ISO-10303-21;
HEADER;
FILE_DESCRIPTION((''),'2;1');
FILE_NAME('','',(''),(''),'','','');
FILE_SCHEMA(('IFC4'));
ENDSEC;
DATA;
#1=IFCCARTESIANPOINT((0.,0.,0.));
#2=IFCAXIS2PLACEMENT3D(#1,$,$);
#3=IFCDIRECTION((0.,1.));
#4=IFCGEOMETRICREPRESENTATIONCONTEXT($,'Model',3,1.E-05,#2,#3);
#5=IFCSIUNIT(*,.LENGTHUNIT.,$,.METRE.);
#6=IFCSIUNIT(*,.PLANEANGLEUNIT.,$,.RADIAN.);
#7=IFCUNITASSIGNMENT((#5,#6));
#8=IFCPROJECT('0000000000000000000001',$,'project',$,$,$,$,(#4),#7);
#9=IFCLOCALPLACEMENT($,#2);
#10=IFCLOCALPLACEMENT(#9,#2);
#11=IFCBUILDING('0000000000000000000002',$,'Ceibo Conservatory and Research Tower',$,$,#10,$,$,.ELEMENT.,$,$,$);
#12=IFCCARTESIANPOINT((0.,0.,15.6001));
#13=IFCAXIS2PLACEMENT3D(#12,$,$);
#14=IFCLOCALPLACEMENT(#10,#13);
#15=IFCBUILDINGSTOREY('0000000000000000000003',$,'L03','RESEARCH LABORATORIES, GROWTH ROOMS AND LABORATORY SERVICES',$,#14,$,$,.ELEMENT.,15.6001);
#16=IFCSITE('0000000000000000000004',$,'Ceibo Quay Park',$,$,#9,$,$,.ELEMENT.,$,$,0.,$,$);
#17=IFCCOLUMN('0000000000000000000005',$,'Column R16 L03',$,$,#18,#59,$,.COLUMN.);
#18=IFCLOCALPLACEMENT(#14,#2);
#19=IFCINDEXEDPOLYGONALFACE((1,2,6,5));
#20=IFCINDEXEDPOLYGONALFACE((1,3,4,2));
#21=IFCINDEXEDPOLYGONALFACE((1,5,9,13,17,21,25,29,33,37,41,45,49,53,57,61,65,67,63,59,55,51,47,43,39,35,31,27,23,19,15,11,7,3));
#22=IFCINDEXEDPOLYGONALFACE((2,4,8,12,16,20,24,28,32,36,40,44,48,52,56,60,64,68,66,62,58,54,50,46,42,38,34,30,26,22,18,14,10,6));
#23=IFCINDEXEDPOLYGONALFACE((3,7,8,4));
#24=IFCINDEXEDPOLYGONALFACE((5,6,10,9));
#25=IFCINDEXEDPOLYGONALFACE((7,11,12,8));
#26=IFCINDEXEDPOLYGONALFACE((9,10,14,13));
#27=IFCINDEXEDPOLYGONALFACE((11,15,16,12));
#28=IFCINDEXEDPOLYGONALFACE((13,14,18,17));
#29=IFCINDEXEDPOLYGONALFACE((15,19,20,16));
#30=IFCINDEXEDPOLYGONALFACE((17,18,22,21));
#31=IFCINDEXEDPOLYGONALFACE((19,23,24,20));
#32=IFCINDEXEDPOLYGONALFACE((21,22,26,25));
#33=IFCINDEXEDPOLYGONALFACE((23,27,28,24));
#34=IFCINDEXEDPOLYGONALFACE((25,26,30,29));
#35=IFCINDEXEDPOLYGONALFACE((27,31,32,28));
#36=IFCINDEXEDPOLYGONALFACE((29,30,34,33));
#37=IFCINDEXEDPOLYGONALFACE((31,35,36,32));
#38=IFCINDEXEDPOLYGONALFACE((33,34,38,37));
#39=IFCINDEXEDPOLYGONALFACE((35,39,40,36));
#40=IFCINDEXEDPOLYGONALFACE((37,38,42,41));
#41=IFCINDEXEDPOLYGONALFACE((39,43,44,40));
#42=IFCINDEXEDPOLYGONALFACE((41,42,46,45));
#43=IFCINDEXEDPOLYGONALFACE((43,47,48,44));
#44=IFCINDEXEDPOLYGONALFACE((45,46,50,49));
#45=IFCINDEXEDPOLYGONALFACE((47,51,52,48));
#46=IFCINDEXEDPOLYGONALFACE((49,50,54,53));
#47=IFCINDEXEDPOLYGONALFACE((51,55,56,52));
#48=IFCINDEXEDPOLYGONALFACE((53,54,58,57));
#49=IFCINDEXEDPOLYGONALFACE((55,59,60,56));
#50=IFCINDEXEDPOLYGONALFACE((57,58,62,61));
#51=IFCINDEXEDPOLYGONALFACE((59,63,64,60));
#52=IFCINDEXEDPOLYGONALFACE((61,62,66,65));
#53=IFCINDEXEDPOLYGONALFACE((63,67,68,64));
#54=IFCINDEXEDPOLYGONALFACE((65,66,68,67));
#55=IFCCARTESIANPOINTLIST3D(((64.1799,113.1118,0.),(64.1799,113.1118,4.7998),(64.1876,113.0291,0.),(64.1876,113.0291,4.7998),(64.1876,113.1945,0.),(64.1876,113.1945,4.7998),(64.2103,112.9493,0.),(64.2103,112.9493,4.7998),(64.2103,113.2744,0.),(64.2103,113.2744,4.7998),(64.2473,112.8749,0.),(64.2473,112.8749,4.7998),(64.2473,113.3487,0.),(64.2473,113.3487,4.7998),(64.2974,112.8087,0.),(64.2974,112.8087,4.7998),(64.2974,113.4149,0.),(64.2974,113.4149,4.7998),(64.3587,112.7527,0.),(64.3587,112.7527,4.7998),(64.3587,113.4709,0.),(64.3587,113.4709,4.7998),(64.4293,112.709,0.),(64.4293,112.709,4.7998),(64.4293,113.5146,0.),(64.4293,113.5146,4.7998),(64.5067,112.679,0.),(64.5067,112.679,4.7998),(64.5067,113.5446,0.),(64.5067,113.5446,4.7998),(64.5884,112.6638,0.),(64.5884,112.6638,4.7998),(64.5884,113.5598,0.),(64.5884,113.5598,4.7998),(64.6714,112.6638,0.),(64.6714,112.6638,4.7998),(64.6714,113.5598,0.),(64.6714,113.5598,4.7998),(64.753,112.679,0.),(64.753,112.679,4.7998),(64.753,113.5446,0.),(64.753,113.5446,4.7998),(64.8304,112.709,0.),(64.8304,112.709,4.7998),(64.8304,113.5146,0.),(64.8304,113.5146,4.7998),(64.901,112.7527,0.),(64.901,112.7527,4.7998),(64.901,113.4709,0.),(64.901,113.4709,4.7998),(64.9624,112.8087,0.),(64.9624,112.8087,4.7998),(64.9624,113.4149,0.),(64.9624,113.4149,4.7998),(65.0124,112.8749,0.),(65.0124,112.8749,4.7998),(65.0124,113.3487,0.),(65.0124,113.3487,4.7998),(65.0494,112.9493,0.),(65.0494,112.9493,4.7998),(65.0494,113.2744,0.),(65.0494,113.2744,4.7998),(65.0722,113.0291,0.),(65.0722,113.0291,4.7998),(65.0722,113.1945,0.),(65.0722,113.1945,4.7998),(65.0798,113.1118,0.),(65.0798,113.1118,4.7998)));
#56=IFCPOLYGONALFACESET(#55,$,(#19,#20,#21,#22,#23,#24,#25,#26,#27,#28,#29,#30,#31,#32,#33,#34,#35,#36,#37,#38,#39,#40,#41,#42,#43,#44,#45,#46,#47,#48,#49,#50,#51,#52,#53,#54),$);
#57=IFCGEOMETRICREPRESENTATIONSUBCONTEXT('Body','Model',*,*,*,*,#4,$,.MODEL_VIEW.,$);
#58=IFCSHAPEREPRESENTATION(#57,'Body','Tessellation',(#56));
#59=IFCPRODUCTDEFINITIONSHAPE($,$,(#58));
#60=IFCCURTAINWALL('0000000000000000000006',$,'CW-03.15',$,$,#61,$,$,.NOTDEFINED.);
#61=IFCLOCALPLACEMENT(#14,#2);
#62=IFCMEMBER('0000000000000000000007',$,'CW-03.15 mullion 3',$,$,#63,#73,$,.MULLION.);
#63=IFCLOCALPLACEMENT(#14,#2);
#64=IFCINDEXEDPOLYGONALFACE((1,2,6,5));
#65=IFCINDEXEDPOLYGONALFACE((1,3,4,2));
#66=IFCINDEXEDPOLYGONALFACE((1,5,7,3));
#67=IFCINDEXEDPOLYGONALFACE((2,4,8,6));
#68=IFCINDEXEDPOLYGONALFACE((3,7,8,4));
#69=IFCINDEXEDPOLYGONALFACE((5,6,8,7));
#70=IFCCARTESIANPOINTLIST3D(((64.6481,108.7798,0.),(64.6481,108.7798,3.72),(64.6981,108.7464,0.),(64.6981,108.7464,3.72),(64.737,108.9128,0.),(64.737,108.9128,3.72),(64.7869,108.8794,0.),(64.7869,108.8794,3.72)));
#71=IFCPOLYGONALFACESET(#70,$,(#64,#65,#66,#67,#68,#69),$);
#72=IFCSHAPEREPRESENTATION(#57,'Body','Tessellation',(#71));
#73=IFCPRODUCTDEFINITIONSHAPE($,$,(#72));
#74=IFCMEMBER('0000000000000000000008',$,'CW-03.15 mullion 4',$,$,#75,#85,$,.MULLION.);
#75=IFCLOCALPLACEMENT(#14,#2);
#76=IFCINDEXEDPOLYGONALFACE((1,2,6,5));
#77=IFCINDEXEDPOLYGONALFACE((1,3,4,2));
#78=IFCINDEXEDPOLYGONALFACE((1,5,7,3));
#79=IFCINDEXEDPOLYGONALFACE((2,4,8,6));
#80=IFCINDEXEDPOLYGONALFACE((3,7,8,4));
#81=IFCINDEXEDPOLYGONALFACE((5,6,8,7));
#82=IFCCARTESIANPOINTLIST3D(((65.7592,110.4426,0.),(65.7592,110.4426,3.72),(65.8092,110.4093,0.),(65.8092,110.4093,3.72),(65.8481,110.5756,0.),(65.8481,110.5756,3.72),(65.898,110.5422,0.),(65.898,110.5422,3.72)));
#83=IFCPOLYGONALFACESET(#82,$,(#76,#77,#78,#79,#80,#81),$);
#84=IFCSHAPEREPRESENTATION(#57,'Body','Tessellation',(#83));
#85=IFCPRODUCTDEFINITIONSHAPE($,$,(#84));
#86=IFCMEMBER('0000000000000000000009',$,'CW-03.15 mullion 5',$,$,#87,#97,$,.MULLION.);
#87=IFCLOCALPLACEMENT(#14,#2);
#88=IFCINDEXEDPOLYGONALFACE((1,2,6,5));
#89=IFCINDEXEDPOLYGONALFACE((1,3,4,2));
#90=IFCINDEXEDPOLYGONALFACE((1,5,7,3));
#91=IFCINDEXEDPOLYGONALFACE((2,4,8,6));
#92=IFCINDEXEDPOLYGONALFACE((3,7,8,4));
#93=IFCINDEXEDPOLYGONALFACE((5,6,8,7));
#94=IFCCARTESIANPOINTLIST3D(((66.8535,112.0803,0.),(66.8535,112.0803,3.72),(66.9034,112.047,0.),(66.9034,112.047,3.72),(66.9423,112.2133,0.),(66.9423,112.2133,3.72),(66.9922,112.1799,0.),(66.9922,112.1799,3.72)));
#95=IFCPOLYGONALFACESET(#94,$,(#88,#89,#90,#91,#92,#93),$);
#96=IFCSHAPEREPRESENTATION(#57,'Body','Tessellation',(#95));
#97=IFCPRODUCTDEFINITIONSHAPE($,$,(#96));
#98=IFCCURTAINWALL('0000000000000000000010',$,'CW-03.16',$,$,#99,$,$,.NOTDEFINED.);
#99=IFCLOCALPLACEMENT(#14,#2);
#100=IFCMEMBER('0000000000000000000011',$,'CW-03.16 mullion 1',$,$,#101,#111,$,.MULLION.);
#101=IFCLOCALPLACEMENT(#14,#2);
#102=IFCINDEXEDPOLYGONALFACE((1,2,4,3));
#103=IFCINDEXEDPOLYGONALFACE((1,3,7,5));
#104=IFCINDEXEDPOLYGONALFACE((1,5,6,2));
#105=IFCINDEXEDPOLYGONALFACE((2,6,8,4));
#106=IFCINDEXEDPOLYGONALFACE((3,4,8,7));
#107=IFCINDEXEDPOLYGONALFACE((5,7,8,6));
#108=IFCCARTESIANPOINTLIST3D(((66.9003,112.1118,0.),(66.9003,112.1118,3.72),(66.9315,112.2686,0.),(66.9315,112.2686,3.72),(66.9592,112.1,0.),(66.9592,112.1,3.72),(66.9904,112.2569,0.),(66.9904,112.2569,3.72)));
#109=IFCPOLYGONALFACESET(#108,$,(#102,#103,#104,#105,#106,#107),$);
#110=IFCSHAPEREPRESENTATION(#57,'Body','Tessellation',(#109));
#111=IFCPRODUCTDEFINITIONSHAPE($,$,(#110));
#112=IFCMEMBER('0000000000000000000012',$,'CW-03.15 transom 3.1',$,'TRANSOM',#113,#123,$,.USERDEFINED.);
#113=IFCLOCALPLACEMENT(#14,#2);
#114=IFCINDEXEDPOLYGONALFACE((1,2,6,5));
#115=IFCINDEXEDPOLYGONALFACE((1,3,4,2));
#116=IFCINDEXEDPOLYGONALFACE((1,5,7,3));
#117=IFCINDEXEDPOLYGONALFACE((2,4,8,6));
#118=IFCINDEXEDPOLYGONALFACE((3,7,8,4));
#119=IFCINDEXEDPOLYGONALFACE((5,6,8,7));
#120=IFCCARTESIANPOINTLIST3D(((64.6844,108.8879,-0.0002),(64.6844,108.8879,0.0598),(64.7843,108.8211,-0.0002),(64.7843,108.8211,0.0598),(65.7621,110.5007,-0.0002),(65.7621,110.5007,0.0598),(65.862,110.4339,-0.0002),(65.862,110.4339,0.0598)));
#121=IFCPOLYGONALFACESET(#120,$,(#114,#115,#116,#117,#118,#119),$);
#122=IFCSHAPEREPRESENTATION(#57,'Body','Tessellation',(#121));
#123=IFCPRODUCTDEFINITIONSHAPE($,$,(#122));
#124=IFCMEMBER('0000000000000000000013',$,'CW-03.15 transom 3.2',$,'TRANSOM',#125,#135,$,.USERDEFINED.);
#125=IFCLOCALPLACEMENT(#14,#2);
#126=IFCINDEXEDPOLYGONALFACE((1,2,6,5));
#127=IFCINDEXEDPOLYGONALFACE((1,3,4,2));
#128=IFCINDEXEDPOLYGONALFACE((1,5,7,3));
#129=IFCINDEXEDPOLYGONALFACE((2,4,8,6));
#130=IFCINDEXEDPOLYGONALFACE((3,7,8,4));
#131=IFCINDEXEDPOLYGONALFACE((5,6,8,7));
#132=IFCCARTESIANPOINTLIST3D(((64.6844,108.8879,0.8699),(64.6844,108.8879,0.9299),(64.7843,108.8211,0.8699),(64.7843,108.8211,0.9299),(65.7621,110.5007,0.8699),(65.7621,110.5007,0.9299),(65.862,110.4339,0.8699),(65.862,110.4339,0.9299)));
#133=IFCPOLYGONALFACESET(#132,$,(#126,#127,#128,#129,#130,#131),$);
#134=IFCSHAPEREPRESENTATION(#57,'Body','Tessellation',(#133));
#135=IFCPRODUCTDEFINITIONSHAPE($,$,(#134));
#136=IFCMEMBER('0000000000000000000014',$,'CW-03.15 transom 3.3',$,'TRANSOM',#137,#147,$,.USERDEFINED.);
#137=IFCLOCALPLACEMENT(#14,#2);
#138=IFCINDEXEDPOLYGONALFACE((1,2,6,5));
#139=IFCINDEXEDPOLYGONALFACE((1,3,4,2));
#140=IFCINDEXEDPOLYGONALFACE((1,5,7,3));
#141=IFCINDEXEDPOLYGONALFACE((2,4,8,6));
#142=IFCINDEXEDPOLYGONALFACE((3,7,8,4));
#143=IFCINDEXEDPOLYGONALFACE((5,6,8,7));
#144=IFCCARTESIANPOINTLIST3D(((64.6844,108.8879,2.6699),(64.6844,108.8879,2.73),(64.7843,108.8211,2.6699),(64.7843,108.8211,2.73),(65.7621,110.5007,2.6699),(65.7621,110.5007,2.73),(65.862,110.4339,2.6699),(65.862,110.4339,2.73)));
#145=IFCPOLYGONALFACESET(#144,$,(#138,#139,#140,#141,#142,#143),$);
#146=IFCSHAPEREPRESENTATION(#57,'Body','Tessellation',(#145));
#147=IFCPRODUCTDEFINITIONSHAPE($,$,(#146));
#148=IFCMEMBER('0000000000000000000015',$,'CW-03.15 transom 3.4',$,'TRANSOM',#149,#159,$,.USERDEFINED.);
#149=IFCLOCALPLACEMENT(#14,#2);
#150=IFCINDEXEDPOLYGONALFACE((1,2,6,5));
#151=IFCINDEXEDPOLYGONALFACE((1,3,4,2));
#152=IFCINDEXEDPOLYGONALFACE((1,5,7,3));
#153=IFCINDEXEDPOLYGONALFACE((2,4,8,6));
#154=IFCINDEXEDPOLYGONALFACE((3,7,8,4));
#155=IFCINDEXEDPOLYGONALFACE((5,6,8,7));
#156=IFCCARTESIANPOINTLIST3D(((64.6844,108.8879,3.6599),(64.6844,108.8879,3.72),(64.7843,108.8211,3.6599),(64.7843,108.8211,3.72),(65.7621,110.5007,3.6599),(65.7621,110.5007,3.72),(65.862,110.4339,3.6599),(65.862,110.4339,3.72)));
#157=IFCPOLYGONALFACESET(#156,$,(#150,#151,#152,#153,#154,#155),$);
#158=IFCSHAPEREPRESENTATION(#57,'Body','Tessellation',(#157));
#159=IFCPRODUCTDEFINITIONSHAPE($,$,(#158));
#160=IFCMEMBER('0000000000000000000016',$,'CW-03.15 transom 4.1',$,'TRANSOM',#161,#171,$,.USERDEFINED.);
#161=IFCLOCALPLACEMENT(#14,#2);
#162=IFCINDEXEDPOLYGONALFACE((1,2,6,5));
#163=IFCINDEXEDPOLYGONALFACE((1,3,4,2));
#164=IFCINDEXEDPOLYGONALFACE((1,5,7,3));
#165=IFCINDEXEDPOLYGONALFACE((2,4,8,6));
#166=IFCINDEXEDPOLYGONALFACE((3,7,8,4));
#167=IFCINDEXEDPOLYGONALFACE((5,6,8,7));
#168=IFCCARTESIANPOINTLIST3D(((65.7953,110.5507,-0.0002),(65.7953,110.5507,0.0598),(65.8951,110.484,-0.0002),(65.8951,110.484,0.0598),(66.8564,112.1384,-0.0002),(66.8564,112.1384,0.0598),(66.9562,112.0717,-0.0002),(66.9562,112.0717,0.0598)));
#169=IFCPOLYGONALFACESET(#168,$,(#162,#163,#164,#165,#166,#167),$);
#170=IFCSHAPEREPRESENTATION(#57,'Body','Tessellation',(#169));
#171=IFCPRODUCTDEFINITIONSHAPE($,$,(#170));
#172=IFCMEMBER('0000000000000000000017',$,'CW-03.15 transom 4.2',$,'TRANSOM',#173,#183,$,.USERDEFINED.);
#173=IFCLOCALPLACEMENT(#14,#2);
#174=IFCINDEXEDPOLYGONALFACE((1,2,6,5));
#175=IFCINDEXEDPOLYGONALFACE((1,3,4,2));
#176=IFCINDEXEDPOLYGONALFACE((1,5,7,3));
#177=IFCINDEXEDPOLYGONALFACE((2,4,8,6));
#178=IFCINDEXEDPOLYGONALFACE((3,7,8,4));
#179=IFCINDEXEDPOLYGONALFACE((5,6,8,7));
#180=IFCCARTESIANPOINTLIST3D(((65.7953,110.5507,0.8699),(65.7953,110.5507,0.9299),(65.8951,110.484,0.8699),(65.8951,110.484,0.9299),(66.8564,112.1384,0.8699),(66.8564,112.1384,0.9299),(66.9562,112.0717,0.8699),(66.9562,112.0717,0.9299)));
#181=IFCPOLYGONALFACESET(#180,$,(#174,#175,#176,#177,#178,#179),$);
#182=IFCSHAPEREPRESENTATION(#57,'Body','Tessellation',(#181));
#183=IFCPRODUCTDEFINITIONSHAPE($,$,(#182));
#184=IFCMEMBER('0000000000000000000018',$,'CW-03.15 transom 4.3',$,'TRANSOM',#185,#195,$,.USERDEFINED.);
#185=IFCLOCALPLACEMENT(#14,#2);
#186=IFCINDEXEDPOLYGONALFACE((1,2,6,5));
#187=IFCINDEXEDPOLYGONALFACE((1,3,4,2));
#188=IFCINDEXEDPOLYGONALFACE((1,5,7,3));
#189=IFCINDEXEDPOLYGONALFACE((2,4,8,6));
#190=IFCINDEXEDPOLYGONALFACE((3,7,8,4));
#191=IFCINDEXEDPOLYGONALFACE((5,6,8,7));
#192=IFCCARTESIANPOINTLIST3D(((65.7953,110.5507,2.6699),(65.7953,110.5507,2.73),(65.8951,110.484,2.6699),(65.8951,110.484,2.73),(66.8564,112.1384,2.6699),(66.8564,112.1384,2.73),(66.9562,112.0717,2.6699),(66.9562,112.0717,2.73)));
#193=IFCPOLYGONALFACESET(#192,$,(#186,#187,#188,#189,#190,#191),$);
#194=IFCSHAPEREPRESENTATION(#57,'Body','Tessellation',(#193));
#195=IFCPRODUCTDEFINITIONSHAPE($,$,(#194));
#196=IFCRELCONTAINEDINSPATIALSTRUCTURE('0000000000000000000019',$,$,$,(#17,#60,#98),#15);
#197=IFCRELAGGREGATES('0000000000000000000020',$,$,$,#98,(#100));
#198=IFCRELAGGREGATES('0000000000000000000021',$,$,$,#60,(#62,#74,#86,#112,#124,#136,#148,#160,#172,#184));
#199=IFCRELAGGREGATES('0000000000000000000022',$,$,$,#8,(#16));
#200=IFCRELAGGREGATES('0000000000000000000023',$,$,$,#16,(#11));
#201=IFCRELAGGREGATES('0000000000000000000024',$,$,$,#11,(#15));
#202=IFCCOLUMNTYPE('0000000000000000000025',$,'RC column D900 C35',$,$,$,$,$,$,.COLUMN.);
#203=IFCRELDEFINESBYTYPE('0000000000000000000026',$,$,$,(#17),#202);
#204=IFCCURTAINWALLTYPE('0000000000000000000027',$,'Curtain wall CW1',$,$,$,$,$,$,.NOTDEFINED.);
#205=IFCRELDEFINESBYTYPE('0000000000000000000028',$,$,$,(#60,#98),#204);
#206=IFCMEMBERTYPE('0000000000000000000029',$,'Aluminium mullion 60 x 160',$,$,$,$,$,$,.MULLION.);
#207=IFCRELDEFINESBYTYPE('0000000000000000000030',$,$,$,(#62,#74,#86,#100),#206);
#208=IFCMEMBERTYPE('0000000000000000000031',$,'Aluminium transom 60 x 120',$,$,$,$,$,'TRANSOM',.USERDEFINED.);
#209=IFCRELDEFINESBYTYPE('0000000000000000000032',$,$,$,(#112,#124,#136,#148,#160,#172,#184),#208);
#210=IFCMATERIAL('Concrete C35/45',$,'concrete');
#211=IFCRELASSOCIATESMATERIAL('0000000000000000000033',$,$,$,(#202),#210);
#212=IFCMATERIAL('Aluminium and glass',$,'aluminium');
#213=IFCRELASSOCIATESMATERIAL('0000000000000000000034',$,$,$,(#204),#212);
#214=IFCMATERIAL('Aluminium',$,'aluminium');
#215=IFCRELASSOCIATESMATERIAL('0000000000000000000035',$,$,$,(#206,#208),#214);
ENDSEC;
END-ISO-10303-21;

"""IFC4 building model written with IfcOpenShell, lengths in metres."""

from ifc_helpers import new_model, si_unit, direction, frame, origin, origin_2d, place, context, subcontext, project, spatial, rectangle, circle, extrude, material, material_profile, profile_set, type_object, element, aggregate, save


model = new_model("IFC4")

# Units and contexts
model_context = context("Model", 3, precision=1e-05, world=origin(), true_north=direction((0.0, 1.0)))
body_context = subcontext(model_context, "Body", "Model", "MODEL_VIEW")
ifc_project = project(units=[si_unit("LENGTHUNIT", "METRE"), si_unit("PLANEANGLEUNIT", "RADIAN")], contexts=[model_context])

# Site, building, storey
site_placement = place(None, origin())
site = spatial("IfcSite", under=ifc_project, at=site_placement, Name="Ceibo Quay Park", CompositionType="ELEMENT", RefElevation=0.0)
building_placement = place(site_placement, origin())
building = spatial("IfcBuilding", under=site, at=building_placement, Name="Ceibo Conservatory and Research Tower", CompositionType="ELEMENT")
storey_placement = place(building_placement, frame((0.0, 0.0, 15.6001)))
storey = spatial("IfcBuildingStorey", under=building, at=storey_placement, Name="L03", Description="RESEARCH LABORATORIES, GROWTH ROOMS AND LABORATORY SERVICES", CompositionType="ELEMENT", Elevation=15.6001)

# Column
ifc_material_1 = material(Name="Concrete C35/45", Category="concrete")
ifc_material_profile_1 = material_profile(ifc_material_1, circle(Radius=0.45, at=origin_2d()), Name="RC D900")
ifc_profile_set_1 = profile_set([ifc_material_profile_1], Name="Concrete C35/45")
column_type = type_object("IfcColumnType", Name="RC column D900 C35", PredefinedType="COLUMN", material=ifc_profile_set_1)
column_placement = place(storey_placement, frame((64.6299, 113.1118, 0.0), z_axis=(0.0, 0.0, 1.0), x_axis=(1.0, 0.0, 0.0)))
element("IfcColumn", 1, at=column_placement, inside=storey, type_object=column_type, Name="Column R16 L03", PredefinedType="COLUMN", context=body_context, shape_type="SweptSolid", body=[
    extrude(circle(Radius=0.45, at=origin_2d()), origin(), (0.0, 0.0, 1.0), 4.7998),
])

# Curtain wall, members
ifc_material_2 = material(Name="Aluminium and glass", Category="aluminium")
curtain_wall_type = type_object("IfcCurtainWallType", Name="Curtain wall CW1", PredefinedType="NOTDEFINED", material=ifc_material_2)
curtain_wall_1_placement = place(storey_placement, origin())
curtain_wall_1 = element("IfcCurtainWall", 2, at=curtain_wall_1_placement, inside=storey, type_object=curtain_wall_type, Name="CW-03.15", PredefinedType="NOTDEFINED")
ifc_material_3 = material(Name="Aluminium", Category="aluminium")
ifc_material_profile_2 = material_profile(ifc_material_3, rectangle(XDim=0.0601, YDim=0.1599, at=origin_2d()), Name="Aluminium 60 x 160")
ifc_profile_set_2 = profile_set([ifc_material_profile_2], Name="Aluminium")
member_type_1 = type_object("IfcMemberType", Name="Aluminium mullion 60 x 160", PredefinedType="MULLION", material=ifc_profile_set_2)
member_1_placement = place(storey_placement, frame((64.7175, 108.8296, 0.0), z_axis=(0.0, 0.0, 1.0), x_axis=(-0.83147, 0.55557, 0.0)))
member_1 = element("IfcMember", 3, at=member_1_placement, type_object=member_type_1, Name="CW-03.15 mullion 3", PredefinedType="MULLION", context=body_context, shape_type="SweptSolid", body=[
    extrude(rectangle(XDim=0.0601, YDim=0.1599, at=origin_2d()), origin(), (0.0, 0.0, 1.0), 3.72),
])
member_2_placement = place(storey_placement, frame((65.8286, 110.4924, 0.0), z_axis=(0.0, 0.0, 1.0), x_axis=(-0.83147, 0.55557, 0.0)))
member_2 = element("IfcMember", 4, at=member_2_placement, type_object=member_type_1, Name="CW-03.15 mullion 4", PredefinedType="MULLION", context=body_context, shape_type="SweptSolid", body=[
    extrude(rectangle(XDim=0.0601, YDim=0.1599, at=origin_2d()), origin(), (0.0, 0.0, 1.0), 3.72),
])
member_3_placement = place(storey_placement, frame((66.9229, 112.1301, 0.0), z_axis=(0.0, 0.0, 1.0), x_axis=(-0.83147, 0.55557, 0.0)))
member_3 = element("IfcMember", 5, at=member_3_placement, type_object=member_type_1, Name="CW-03.15 mullion 5", PredefinedType="MULLION", context=body_context, shape_type="SweptSolid", body=[
    extrude(rectangle(XDim=0.0601, YDim=0.1599, at=origin_2d()), origin(), (0.0, 0.0, 1.0), 3.72),
])

# Curtain wall, member
curtain_wall_2_placement = place(storey_placement, origin())
curtain_wall_2 = element("IfcCurtainWall", 6, at=curtain_wall_2_placement, inside=storey, type_object=curtain_wall_type, Name="CW-03.16", PredefinedType="NOTDEFINED")
member_4_placement = place(storey_placement, frame((66.9453, 112.1843, 0.0), z_axis=(0.0, 0.0, 1.0), x_axis=(-0.980785, 0.19509, 0.0)))
member_4 = element("IfcMember", 7, at=member_4_placement, type_object=member_type_1, Name="CW-03.16 mullion 1", PredefinedType="MULLION", context=body_context, shape_type="SweptSolid", body=[
    extrude(rectangle(XDim=0.0601, YDim=0.1599, at=origin_2d()), origin(), (0.0, 0.0, 1.0), 3.72),
])

# Members
ifc_material_profile_3 = material_profile(ifc_material_3, rectangle(XDim=0.1201, YDim=0.0601, at=origin_2d()), Name="Aluminium 60 x 120")
ifc_profile_set_3 = profile_set([ifc_material_profile_3], Name="Aluminium")
member_type_2 = type_object("IfcMemberType", Name="Aluminium transom 60 x 120", ElementType="TRANSOM", PredefinedType="USERDEFINED", material=ifc_profile_set_3)
member_5_placement = place(storey_placement, frame((64.7344, 108.8545, 0.0298), z_axis=(0.555571, 0.831469, 0.0), x_axis=(-0.831469, 0.555571, 0.0)))
member_5 = element("IfcMember", 8, at=member_5_placement, type_object=member_type_2, Name="CW-03.15 transom 3.1", ObjectType="TRANSOM", PredefinedType="USERDEFINED", context=body_context, shape_type="SweptSolid", body=[
    extrude(rectangle(XDim=0.1201, YDim=0.0601, at=origin_2d()), origin(), (0.0, 0.0, 1.0), 1.9397),
])
member_6_placement = place(storey_placement, frame((64.7344, 108.8545, 0.8999), z_axis=(0.555571, 0.831469, 0.0), x_axis=(-0.831469, 0.555571, 0.0)))
member_6 = element("IfcMember", 9, at=member_6_placement, type_object=member_type_2, Name="CW-03.15 transom 3.2", ObjectType="TRANSOM", PredefinedType="USERDEFINED", context=body_context, shape_type="SweptSolid", body=[
    extrude(rectangle(XDim=0.1201, YDim=0.0601, at=origin_2d()), origin(), (0.0, 0.0, 1.0), 1.9397),
])
member_7_placement = place(storey_placement, frame((64.7344, 108.8545, 2.7), z_axis=(0.555571, 0.831469, 0.0), x_axis=(-0.831469, 0.555571, 0.0)))
member_7 = element("IfcMember", 10, at=member_7_placement, type_object=member_type_2, Name="CW-03.15 transom 3.3", ObjectType="TRANSOM", PredefinedType="USERDEFINED", context=body_context, shape_type="SweptSolid", body=[
    extrude(rectangle(XDim=0.1201, YDim=0.0601, at=origin_2d()), origin(), (0.0, 0.0, 1.0), 1.9397),
])
member_8_placement = place(storey_placement, frame((64.7344, 108.8545, 3.6899), z_axis=(0.555571, 0.831469, 0.0), x_axis=(-0.831469, 0.555571, 0.0)))
member_8 = element("IfcMember", 11, at=member_8_placement, type_object=member_type_2, Name="CW-03.15 transom 3.4", ObjectType="TRANSOM", PredefinedType="USERDEFINED", context=body_context, shape_type="SweptSolid", body=[
    extrude(rectangle(XDim=0.1201, YDim=0.0601, at=origin_2d()), origin(), (0.0, 0.0, 1.0), 1.9397),
])
member_9_placement = place(storey_placement, frame((65.8452, 110.5173, 0.0298), z_axis=(0.555644, 0.83142, 0.0), x_axis=(-0.83142, 0.555644, 0.0)))
member_9 = element("IfcMember", 12, at=member_9_placement, type_object=member_type_2, Name="CW-03.15 transom 4.1", ObjectType="TRANSOM", PredefinedType="USERDEFINED", context=body_context, shape_type="SweptSolid", body=[
    extrude(rectangle(XDim=0.1201, YDim=0.0601, at=origin_2d()), origin(), (0.0, 0.0, 1.0), 1.9097),
])
member_10_placement = place(storey_placement, frame((65.8452, 110.5173, 0.8999), z_axis=(0.555644, 0.83142, 0.0), x_axis=(-0.83142, 0.555644, 0.0)))
member_10 = element("IfcMember", 13, at=member_10_placement, type_object=member_type_2, Name="CW-03.15 transom 4.2", ObjectType="TRANSOM", PredefinedType="USERDEFINED", context=body_context, shape_type="SweptSolid", body=[
    extrude(rectangle(XDim=0.1201, YDim=0.0601, at=origin_2d()), origin(), (0.0, 0.0, 1.0), 1.9097),
])
member_11_placement = place(storey_placement, frame((65.8452, 110.5173, 2.7), z_axis=(0.555644, 0.83142, 0.0), x_axis=(-0.83142, 0.555644, 0.0)))
member_11 = element("IfcMember", 14, at=member_11_placement, type_object=member_type_2, Name="CW-03.15 transom 4.3", ObjectType="TRANSOM", PredefinedType="USERDEFINED", context=body_context, shape_type="SweptSolid", body=[
    extrude(rectangle(XDim=0.1201, YDim=0.0601, at=origin_2d()), origin(), (0.0, 0.0, 1.0), 1.9097),
])
aggregate(curtain_wall_2, [member_4])

aggregate(curtain_wall_1, [member_1, member_2, member_3, member_5, member_6, member_7, member_8, member_9, member_10, member_11])

save(model, "model.ifc")
